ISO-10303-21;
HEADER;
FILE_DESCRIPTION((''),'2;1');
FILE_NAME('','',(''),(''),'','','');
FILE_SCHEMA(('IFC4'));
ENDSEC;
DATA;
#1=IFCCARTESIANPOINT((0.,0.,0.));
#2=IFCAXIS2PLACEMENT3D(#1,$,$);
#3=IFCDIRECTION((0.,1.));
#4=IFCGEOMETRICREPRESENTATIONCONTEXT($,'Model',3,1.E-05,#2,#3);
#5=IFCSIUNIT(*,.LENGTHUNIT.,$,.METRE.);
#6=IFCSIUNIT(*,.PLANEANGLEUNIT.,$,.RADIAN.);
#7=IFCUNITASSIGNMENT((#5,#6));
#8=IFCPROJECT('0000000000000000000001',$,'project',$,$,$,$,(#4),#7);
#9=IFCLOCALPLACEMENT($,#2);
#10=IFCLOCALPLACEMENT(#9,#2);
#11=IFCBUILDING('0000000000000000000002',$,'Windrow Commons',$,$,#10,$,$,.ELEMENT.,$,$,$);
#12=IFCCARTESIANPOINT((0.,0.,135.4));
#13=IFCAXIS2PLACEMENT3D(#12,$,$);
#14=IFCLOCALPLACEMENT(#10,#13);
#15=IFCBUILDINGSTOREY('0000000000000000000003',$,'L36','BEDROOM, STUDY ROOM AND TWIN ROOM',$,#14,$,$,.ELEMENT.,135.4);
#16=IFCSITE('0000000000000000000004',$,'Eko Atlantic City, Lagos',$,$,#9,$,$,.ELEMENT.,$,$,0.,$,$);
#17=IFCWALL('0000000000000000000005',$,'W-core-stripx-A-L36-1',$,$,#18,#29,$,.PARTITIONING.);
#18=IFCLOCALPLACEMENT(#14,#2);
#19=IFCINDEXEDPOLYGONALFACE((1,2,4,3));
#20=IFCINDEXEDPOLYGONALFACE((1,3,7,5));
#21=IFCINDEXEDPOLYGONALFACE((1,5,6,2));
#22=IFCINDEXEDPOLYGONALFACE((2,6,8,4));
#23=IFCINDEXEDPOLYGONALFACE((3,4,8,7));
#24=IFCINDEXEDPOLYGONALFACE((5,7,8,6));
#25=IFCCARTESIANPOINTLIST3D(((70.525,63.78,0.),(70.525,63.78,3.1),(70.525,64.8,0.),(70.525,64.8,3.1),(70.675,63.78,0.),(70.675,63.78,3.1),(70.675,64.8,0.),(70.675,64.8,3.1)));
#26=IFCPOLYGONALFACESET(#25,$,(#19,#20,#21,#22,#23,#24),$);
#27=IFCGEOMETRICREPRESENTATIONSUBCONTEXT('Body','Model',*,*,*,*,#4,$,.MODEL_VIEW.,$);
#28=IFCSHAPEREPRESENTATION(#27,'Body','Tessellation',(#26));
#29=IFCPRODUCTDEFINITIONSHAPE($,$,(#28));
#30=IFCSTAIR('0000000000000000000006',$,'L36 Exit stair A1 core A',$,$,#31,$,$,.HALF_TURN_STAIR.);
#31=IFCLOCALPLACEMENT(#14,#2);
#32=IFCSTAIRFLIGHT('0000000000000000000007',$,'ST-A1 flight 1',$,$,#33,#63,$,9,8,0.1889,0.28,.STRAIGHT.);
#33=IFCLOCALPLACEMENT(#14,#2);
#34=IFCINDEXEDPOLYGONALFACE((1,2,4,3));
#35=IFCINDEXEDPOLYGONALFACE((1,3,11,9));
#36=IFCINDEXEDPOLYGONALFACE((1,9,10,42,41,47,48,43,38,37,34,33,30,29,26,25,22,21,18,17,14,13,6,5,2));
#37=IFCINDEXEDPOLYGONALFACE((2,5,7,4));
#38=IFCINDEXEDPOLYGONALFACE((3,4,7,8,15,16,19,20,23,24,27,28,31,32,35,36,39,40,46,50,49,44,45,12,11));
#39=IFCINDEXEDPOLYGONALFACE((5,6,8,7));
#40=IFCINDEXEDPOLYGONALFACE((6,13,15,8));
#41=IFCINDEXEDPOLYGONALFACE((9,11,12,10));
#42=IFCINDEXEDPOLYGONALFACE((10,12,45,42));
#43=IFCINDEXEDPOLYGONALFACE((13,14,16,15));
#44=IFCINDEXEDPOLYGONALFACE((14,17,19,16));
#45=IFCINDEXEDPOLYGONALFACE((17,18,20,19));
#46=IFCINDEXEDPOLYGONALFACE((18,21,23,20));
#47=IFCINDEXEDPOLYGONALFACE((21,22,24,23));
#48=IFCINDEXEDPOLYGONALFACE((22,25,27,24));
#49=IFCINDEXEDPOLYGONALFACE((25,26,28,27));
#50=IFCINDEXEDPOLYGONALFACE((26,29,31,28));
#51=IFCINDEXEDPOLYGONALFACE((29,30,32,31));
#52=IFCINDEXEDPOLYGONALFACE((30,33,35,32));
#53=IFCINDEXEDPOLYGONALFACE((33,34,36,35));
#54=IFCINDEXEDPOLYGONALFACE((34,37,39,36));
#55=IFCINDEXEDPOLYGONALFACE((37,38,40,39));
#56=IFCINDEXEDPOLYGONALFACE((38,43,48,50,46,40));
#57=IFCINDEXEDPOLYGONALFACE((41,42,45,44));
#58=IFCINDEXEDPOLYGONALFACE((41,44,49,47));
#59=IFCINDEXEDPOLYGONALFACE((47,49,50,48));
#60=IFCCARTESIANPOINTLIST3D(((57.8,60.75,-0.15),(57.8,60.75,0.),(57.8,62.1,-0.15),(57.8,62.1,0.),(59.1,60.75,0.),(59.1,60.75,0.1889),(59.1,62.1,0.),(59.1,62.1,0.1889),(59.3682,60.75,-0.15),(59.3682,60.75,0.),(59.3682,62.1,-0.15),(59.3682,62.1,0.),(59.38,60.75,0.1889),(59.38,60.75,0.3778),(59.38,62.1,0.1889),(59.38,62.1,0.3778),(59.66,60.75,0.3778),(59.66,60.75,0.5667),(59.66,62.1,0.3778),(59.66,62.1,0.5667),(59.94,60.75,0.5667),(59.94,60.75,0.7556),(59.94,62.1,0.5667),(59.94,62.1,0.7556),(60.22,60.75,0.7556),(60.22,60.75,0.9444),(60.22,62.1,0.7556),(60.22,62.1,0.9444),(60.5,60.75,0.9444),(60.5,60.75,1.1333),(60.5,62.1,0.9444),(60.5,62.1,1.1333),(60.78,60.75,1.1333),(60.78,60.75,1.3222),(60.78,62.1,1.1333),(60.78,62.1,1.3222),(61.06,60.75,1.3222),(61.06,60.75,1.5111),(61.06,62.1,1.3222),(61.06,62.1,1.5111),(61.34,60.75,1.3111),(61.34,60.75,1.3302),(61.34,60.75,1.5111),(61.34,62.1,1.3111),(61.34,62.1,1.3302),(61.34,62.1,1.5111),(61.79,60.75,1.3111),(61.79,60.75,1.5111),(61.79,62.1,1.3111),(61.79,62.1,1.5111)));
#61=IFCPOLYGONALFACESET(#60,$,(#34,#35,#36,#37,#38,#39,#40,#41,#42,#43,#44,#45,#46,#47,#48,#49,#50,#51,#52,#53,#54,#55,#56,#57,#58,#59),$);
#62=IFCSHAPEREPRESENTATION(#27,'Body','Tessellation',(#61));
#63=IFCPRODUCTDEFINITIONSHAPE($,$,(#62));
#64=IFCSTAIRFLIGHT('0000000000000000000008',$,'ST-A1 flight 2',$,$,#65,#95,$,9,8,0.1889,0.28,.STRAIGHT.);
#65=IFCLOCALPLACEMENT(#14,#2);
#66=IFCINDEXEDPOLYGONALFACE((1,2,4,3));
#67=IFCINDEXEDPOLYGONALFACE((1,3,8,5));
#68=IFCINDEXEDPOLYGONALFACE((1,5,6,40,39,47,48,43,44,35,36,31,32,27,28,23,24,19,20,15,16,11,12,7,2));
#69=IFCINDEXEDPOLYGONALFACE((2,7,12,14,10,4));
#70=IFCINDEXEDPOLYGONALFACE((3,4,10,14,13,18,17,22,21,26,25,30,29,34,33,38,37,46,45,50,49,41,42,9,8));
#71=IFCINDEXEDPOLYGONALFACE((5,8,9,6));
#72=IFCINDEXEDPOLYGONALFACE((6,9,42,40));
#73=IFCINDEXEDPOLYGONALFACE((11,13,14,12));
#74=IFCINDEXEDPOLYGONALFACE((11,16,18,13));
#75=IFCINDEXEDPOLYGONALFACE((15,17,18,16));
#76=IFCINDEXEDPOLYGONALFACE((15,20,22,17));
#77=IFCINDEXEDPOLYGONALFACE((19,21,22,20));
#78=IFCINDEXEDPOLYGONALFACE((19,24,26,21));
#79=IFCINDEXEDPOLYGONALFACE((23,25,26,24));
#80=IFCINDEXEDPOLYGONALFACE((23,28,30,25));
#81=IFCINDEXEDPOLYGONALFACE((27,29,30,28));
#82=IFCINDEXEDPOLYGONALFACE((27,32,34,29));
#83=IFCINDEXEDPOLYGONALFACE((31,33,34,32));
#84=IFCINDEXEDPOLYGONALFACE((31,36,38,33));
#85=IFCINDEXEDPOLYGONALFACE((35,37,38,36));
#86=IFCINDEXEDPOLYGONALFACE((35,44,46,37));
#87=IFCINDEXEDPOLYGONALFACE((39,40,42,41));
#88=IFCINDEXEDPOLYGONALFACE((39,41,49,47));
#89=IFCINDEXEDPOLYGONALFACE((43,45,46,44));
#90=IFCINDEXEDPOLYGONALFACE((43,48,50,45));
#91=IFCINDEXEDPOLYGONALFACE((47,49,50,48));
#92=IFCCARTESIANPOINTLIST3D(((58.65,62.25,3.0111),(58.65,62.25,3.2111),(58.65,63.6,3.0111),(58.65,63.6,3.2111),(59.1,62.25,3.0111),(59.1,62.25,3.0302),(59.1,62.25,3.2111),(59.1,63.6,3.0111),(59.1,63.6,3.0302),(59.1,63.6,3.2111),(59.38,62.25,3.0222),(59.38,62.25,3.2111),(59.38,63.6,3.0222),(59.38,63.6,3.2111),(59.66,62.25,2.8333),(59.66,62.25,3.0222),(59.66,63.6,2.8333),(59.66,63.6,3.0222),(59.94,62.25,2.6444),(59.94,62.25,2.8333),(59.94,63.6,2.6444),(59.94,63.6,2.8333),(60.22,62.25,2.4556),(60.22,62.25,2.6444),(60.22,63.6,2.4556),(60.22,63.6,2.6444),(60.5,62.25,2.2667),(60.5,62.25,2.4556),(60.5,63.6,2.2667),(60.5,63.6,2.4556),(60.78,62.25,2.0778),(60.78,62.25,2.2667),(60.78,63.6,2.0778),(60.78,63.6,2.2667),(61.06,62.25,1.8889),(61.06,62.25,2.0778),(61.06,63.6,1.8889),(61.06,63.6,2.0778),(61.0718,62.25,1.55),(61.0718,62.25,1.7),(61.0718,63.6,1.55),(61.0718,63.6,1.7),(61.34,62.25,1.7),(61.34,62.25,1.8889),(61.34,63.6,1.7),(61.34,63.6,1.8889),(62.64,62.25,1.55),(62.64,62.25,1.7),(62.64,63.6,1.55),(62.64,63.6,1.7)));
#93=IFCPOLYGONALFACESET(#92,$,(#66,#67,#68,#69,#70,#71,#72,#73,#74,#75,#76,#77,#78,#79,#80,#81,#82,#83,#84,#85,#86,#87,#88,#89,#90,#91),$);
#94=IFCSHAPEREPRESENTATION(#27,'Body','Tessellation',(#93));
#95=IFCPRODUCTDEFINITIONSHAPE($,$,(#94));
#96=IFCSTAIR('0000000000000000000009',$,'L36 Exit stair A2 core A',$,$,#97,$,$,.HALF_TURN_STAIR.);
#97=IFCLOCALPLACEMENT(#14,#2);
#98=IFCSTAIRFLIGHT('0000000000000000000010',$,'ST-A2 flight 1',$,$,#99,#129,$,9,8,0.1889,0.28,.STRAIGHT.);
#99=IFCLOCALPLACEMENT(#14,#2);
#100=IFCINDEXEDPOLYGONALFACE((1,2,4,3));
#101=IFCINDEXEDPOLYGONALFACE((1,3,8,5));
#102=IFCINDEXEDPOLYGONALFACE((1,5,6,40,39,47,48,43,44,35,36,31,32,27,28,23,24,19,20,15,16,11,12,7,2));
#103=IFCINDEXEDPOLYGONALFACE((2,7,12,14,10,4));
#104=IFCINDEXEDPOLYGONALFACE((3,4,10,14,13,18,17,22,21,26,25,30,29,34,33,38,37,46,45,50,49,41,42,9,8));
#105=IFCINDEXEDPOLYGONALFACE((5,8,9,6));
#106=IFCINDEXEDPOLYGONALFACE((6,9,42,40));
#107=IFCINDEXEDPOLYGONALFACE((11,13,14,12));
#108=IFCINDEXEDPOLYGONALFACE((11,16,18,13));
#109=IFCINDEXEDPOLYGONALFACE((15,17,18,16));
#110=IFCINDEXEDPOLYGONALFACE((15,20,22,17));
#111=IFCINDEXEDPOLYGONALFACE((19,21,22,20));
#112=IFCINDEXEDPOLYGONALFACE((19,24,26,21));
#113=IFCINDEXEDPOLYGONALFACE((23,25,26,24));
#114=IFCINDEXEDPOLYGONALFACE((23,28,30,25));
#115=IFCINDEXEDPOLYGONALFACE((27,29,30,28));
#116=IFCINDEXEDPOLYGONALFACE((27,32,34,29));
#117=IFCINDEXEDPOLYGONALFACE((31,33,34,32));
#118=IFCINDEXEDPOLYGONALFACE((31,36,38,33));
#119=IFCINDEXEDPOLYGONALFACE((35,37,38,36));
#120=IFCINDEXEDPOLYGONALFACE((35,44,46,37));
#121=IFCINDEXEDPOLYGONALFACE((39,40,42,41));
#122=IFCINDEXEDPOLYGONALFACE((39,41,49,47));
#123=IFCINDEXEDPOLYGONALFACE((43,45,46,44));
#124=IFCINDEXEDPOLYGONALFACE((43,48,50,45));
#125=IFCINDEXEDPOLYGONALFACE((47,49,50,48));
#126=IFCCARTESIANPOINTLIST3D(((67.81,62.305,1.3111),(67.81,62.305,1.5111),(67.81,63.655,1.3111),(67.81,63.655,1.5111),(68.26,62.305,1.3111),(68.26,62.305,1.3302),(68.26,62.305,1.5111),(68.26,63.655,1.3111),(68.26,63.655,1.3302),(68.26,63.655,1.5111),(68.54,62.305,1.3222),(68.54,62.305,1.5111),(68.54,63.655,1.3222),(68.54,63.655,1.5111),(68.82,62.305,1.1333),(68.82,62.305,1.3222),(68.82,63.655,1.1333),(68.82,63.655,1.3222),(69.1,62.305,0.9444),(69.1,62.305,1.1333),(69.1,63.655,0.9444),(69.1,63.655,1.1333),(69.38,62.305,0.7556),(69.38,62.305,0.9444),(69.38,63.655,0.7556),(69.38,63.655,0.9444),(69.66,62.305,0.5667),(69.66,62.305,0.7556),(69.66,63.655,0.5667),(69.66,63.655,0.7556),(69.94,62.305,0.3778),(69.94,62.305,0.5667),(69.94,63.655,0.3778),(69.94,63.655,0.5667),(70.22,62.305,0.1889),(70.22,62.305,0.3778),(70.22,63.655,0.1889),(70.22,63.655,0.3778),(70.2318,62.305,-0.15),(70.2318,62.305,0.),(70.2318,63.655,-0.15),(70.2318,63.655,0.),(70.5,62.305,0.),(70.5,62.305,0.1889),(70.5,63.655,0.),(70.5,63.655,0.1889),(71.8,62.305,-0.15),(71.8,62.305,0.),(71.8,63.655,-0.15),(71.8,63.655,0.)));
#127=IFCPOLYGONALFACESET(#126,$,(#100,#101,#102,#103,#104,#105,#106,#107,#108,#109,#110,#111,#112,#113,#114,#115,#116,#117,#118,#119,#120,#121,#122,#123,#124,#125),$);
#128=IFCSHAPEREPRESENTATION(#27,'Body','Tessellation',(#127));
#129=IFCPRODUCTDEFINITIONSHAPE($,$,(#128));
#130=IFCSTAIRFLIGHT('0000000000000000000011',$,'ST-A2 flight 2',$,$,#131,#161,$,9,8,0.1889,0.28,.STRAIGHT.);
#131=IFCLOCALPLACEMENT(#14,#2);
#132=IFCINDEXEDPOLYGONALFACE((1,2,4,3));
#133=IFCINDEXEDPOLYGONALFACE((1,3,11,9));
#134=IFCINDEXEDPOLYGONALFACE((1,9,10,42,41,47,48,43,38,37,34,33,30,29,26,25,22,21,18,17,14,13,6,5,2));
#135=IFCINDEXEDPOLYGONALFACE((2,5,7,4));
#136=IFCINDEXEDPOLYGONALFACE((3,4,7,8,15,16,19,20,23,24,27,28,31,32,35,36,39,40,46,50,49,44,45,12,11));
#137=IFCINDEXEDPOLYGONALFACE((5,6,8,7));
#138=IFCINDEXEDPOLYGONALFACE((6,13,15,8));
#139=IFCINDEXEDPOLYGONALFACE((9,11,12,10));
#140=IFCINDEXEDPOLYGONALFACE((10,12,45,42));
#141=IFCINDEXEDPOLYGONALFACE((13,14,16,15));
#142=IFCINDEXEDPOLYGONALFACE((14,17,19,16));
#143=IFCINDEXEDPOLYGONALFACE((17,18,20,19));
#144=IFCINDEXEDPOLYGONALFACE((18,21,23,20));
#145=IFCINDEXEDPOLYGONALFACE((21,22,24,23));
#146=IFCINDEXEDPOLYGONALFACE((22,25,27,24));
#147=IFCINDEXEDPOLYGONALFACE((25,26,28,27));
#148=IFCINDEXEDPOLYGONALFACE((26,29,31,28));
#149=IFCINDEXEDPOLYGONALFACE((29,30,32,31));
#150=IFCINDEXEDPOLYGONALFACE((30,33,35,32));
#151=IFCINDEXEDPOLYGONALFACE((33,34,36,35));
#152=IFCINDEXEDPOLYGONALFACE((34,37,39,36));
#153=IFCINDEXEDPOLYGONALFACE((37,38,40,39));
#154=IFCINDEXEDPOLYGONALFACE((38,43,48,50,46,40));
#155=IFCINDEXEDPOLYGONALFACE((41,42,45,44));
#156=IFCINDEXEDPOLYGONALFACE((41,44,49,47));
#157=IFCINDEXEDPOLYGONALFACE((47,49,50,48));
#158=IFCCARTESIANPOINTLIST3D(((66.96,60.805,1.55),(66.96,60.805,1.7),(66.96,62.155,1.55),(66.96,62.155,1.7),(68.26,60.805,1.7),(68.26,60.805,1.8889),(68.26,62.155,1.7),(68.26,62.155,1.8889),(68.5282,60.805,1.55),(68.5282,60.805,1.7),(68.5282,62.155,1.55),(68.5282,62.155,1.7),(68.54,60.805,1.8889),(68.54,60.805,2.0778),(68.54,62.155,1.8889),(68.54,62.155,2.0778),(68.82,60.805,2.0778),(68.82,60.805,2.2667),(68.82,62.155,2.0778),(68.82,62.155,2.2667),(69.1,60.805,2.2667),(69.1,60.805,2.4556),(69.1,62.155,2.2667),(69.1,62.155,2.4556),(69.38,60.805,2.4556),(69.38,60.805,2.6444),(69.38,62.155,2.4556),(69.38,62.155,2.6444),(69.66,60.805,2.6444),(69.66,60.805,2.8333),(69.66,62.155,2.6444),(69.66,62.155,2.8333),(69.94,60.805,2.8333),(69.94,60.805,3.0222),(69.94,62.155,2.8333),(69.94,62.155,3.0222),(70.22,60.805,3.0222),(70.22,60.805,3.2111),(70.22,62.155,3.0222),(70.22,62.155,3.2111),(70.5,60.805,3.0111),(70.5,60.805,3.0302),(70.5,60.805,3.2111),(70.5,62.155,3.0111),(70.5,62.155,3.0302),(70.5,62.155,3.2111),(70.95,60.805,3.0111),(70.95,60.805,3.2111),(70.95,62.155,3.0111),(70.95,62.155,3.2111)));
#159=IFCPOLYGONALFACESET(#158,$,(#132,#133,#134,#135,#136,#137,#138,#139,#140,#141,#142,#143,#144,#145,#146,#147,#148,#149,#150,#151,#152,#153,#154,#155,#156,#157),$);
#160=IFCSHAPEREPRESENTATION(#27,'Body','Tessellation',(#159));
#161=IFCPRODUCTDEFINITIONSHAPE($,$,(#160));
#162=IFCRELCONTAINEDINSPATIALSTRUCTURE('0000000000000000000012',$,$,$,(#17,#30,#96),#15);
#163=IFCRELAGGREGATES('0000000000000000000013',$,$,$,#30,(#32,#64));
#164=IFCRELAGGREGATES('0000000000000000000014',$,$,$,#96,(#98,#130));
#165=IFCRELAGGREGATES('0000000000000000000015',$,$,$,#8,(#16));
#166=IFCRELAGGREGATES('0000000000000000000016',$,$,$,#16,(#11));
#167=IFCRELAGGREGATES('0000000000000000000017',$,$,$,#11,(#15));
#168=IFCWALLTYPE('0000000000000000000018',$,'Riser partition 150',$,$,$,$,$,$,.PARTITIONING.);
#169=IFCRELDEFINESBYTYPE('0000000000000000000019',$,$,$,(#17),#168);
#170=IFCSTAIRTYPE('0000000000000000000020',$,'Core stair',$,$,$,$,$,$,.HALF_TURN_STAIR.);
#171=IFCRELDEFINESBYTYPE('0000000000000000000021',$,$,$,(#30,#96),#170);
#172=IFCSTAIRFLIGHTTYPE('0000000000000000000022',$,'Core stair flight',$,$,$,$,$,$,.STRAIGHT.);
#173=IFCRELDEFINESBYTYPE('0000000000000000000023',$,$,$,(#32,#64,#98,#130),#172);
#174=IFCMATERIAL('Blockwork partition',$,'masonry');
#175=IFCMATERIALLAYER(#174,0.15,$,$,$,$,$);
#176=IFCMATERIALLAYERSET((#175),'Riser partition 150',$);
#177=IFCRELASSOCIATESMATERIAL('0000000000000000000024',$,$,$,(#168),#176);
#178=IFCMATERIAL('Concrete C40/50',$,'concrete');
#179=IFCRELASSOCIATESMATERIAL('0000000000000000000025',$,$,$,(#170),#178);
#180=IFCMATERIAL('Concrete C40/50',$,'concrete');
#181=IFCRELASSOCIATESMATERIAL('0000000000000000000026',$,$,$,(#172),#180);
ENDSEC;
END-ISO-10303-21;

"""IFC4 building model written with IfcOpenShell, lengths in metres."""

from ifc_helpers import new_model, si_unit, direction, frame, frame_2d, origin, place, context, subcontext, project, spatial, polyline, rectangle, outline, extrude, material, layer, layer_set, type_object, element, aggregate, save


model = new_model("IFC4")

# Units and contexts
model_context = context("Model", 3, precision=1e-05, world=origin(), true_north=direction((0.0, 1.0)))
body_context = subcontext(model_context, "Body", "Model", "MODEL_VIEW")
ifc_project = project(units=[si_unit("LENGTHUNIT", "METRE"), si_unit("PLANEANGLEUNIT", "RADIAN")], contexts=[model_context])

# Site, building, storey
site_placement = place(None, origin())
site = spatial("IfcSite", under=ifc_project, at=site_placement, Name="Eko Atlantic City, Lagos", CompositionType="ELEMENT", RefElevation=0.0)
building_placement = place(site_placement, origin())
building = spatial("IfcBuilding", under=site, at=building_placement, Name="Windrow Commons", CompositionType="ELEMENT")
storey_placement = place(building_placement, frame((0.0, 0.0, 135.4)))
storey = spatial("IfcBuildingStorey", under=building, at=storey_placement, Name="L36", Description="BEDROOM, STUDY ROOM AND TWIN ROOM", CompositionType="ELEMENT", Elevation=135.4)

# Wall
ifc_material_1 = material(Name="Blockwork partition", Category="masonry")
ifc_layer_1 = layer(ifc_material_1, 0.15)
ifc_layer_set_1 = layer_set([ifc_layer_1], Name="Riser partition 150")
wall_type_1 = type_object("IfcWallType", Name="Riser partition 150", PredefinedType="PARTITIONING", material=ifc_layer_set_1)
wall_1_placement = place(storey_placement, frame((70.6, 63.78, 0.0), z_axis=(0.0, 0.0, 1.0), x_axis=(0.0, 1.0, 0.0)))
element("IfcWall", 1, at=wall_1_placement, inside=storey, type_object=wall_type_1, Name="W-core-stripx-A-L36-1", PredefinedType="PARTITIONING", context=body_context, shape_type="SweptSolid", body=[
    extrude(rectangle(XDim=1.02, YDim=0.15, at=frame_2d((0.51, 0.0))), origin(), (0.0, 0.0, 1.0), 3.1),
])

# Stairs, stair flights
ifc_material_2 = material(Name="Concrete C40/50", Category="concrete")
stair_type = type_object("IfcStairType", Name="Core stair", PredefinedType="HALF_TURN_STAIR", material=ifc_material_2)
placement = place(storey_placement, origin())
stair_1 = element("IfcStair", 2, at=placement, inside=storey, type_object=stair_type, Name="L36 Exit stair A1 core A", PredefinedType="HALF_TURN_STAIR")
ifc_material_3 = material(Name="Concrete C40/50", Category="concrete")
stair_flight_type = type_object("IfcStairFlightType", Name="Core stair flight", PredefinedType="STRAIGHT", material=ifc_material_3)
stair_flight_1_placement = place(storey_placement, frame((59.1, 61.425, 0.0), z_axis=(0.0, 0.0, 1.0), x_axis=(1.0, 0.0, 0.0)))
stair_flight_1 = element("IfcStairFlight", 3, at=stair_flight_1_placement, type_object=stair_flight_type, Name="ST-A1 flight 1", NumberOfRisers=9, NumberOfTreads=8, PredefinedType="STRAIGHT", RiserHeight=0.1889, TreadLength=0.28, context=body_context, shape_type="SweptSolid", body=[
    extrude(outline(polyline([(-1.3, -0.15), (-1.3, 0.0), (0.0, 0.0), (0.0, 0.1889), (0.28, 0.1889), (0.28, 0.3778), (0.56, 0.3778), (0.56, 0.5667), (0.84, 0.5667), (0.84, 0.7556), (1.12, 0.7556), (1.12, 0.9444), (1.4, 0.9444), (1.4, 1.1333), (1.68, 1.1333), (1.68, 1.3222), (1.96, 1.3222), (1.96, 1.5111), (2.24, 1.5111), (2.69, 1.5111), (2.69, 1.3111), (2.24, 1.3111), (2.24, 1.3302), (0.2682, 0.0), (0.2682, -0.15), (-1.3, -0.15)])), frame((0.0, 0.675, 0.0), z_axis=(0.0, -1.0, 0.0), x_axis=(1.0, 0.0, 0.0)), (0.0, 0.0, 1.0), 1.35),
])
stair_flight_2_placement = place(storey_placement, frame((61.34, 62.925, 1.7), z_axis=(0.0, 0.0, 1.0), x_axis=(-1.0, 0.0, 0.0)))
stair_flight_2 = element("IfcStairFlight", 4, at=stair_flight_2_placement, type_object=stair_flight_type, Name="ST-A1 flight 2", NumberOfRisers=9, NumberOfTreads=8, PredefinedType="STRAIGHT", RiserHeight=0.1889, TreadLength=0.28, context=body_context, shape_type="SweptSolid", body=[
    extrude(outline(polyline([(-1.3, -0.15), (-1.3, 0.0), (0.0, 0.0), (0.0, 0.1889), (0.28, 0.1889), (0.28, 0.3778), (0.56, 0.3778), (0.56, 0.5667), (0.84, 0.5667), (0.84, 0.7556), (1.12, 0.7556), (1.12, 0.9444), (1.4, 0.9444), (1.4, 1.1333), (1.68, 1.1333), (1.68, 1.3222), (1.96, 1.3222), (1.96, 1.5111), (2.24, 1.5111), (2.69, 1.5111), (2.69, 1.3111), (2.24, 1.3111), (2.24, 1.3302), (0.2682, 0.0), (0.2682, -0.15), (-1.3, -0.15)])), frame((0.0, 0.675, 0.0), z_axis=(0.0, -1.0, 0.0), x_axis=(1.0, 0.0, 0.0)), (0.0, 0.0, 1.0), 1.35),
])
aggregate(stair_1, [stair_flight_1, stair_flight_2])
stair_2 = element("IfcStair", 5, at=placement, inside=storey, type_object=stair_type, Name="L36 Exit stair A2 core A", PredefinedType="HALF_TURN_STAIR")
stair_flight_3_placement = place(storey_placement, frame((70.5, 62.98, 0.0), z_axis=(0.0, 0.0, 1.0), x_axis=(-1.0, 0.0, 0.0)))
stair_flight_3 = element("IfcStairFlight", 6, at=stair_flight_3_placement, type_object=stair_flight_type, Name="ST-A2 flight 1", NumberOfRisers=9, NumberOfTreads=8, PredefinedType="STRAIGHT", RiserHeight=0.1889, TreadLength=0.28, context=body_context, shape_type="SweptSolid", body=[
    extrude(outline(polyline([(-1.3, -0.15), (-1.3, 0.0), (0.0, 0.0), (0.0, 0.1889), (0.28, 0.1889), (0.28, 0.3778), (0.56, 0.3778), (0.56, 0.5667), (0.84, 0.5667), (0.84, 0.7556), (1.12, 0.7556), (1.12, 0.9444), (1.4, 0.9444), (1.4, 1.1333), (1.68, 1.1333), (1.68, 1.3222), (1.96, 1.3222), (1.96, 1.5111), (2.24, 1.5111), (2.69, 1.5111), (2.69, 1.3111), (2.24, 1.3111), (2.24, 1.3302), (0.2682, 0.0), (0.2682, -0.15), (-1.3, -0.15)])), frame((0.0, 0.675, 0.0), z_axis=(0.0, -1.0, 0.0), x_axis=(1.0, 0.0, 0.0)), (0.0, 0.0, 1.0), 1.35),
])
stair_flight_4_placement = place(storey_placement, frame((68.26, 61.48, 1.7), z_axis=(0.0, 0.0, 1.0), x_axis=(1.0, 0.0, 0.0)))
stair_flight_4 = element("IfcStairFlight", 7, at=stair_flight_4_placement, type_object=stair_flight_type, Name="ST-A2 flight 2", NumberOfRisers=9, NumberOfTreads=8, PredefinedType="STRAIGHT", RiserHeight=0.1889, TreadLength=0.28, context=body_context, shape_type="SweptSolid", body=[
    extrude(outline(polyline([(-1.3, -0.15), (-1.3, 0.0), (0.0, 0.0), (0.0, 0.1889), (0.28, 0.1889), (0.28, 0.3778), (0.56, 0.3778), (0.56, 0.5667), (0.84, 0.5667), (0.84, 0.7556), (1.12, 0.7556), (1.12, 0.9444), (1.4, 0.9444), (1.4, 1.1333), (1.68, 1.1333), (1.68, 1.3222), (1.96, 1.3222), (1.96, 1.5111), (2.24, 1.5111), (2.69, 1.5111), (2.69, 1.3111), (2.24, 1.3111), (2.24, 1.3302), (0.2682, 0.0), (0.2682, -0.15), (-1.3, -0.15)])), frame((0.0, 0.675, 0.0), z_axis=(0.0, -1.0, 0.0), x_axis=(1.0, 0.0, 0.0)), (0.0, 0.0, 1.0), 1.35),
])
aggregate(stair_2, [stair_flight_3, stair_flight_4])

save(model, "model.ifc")
